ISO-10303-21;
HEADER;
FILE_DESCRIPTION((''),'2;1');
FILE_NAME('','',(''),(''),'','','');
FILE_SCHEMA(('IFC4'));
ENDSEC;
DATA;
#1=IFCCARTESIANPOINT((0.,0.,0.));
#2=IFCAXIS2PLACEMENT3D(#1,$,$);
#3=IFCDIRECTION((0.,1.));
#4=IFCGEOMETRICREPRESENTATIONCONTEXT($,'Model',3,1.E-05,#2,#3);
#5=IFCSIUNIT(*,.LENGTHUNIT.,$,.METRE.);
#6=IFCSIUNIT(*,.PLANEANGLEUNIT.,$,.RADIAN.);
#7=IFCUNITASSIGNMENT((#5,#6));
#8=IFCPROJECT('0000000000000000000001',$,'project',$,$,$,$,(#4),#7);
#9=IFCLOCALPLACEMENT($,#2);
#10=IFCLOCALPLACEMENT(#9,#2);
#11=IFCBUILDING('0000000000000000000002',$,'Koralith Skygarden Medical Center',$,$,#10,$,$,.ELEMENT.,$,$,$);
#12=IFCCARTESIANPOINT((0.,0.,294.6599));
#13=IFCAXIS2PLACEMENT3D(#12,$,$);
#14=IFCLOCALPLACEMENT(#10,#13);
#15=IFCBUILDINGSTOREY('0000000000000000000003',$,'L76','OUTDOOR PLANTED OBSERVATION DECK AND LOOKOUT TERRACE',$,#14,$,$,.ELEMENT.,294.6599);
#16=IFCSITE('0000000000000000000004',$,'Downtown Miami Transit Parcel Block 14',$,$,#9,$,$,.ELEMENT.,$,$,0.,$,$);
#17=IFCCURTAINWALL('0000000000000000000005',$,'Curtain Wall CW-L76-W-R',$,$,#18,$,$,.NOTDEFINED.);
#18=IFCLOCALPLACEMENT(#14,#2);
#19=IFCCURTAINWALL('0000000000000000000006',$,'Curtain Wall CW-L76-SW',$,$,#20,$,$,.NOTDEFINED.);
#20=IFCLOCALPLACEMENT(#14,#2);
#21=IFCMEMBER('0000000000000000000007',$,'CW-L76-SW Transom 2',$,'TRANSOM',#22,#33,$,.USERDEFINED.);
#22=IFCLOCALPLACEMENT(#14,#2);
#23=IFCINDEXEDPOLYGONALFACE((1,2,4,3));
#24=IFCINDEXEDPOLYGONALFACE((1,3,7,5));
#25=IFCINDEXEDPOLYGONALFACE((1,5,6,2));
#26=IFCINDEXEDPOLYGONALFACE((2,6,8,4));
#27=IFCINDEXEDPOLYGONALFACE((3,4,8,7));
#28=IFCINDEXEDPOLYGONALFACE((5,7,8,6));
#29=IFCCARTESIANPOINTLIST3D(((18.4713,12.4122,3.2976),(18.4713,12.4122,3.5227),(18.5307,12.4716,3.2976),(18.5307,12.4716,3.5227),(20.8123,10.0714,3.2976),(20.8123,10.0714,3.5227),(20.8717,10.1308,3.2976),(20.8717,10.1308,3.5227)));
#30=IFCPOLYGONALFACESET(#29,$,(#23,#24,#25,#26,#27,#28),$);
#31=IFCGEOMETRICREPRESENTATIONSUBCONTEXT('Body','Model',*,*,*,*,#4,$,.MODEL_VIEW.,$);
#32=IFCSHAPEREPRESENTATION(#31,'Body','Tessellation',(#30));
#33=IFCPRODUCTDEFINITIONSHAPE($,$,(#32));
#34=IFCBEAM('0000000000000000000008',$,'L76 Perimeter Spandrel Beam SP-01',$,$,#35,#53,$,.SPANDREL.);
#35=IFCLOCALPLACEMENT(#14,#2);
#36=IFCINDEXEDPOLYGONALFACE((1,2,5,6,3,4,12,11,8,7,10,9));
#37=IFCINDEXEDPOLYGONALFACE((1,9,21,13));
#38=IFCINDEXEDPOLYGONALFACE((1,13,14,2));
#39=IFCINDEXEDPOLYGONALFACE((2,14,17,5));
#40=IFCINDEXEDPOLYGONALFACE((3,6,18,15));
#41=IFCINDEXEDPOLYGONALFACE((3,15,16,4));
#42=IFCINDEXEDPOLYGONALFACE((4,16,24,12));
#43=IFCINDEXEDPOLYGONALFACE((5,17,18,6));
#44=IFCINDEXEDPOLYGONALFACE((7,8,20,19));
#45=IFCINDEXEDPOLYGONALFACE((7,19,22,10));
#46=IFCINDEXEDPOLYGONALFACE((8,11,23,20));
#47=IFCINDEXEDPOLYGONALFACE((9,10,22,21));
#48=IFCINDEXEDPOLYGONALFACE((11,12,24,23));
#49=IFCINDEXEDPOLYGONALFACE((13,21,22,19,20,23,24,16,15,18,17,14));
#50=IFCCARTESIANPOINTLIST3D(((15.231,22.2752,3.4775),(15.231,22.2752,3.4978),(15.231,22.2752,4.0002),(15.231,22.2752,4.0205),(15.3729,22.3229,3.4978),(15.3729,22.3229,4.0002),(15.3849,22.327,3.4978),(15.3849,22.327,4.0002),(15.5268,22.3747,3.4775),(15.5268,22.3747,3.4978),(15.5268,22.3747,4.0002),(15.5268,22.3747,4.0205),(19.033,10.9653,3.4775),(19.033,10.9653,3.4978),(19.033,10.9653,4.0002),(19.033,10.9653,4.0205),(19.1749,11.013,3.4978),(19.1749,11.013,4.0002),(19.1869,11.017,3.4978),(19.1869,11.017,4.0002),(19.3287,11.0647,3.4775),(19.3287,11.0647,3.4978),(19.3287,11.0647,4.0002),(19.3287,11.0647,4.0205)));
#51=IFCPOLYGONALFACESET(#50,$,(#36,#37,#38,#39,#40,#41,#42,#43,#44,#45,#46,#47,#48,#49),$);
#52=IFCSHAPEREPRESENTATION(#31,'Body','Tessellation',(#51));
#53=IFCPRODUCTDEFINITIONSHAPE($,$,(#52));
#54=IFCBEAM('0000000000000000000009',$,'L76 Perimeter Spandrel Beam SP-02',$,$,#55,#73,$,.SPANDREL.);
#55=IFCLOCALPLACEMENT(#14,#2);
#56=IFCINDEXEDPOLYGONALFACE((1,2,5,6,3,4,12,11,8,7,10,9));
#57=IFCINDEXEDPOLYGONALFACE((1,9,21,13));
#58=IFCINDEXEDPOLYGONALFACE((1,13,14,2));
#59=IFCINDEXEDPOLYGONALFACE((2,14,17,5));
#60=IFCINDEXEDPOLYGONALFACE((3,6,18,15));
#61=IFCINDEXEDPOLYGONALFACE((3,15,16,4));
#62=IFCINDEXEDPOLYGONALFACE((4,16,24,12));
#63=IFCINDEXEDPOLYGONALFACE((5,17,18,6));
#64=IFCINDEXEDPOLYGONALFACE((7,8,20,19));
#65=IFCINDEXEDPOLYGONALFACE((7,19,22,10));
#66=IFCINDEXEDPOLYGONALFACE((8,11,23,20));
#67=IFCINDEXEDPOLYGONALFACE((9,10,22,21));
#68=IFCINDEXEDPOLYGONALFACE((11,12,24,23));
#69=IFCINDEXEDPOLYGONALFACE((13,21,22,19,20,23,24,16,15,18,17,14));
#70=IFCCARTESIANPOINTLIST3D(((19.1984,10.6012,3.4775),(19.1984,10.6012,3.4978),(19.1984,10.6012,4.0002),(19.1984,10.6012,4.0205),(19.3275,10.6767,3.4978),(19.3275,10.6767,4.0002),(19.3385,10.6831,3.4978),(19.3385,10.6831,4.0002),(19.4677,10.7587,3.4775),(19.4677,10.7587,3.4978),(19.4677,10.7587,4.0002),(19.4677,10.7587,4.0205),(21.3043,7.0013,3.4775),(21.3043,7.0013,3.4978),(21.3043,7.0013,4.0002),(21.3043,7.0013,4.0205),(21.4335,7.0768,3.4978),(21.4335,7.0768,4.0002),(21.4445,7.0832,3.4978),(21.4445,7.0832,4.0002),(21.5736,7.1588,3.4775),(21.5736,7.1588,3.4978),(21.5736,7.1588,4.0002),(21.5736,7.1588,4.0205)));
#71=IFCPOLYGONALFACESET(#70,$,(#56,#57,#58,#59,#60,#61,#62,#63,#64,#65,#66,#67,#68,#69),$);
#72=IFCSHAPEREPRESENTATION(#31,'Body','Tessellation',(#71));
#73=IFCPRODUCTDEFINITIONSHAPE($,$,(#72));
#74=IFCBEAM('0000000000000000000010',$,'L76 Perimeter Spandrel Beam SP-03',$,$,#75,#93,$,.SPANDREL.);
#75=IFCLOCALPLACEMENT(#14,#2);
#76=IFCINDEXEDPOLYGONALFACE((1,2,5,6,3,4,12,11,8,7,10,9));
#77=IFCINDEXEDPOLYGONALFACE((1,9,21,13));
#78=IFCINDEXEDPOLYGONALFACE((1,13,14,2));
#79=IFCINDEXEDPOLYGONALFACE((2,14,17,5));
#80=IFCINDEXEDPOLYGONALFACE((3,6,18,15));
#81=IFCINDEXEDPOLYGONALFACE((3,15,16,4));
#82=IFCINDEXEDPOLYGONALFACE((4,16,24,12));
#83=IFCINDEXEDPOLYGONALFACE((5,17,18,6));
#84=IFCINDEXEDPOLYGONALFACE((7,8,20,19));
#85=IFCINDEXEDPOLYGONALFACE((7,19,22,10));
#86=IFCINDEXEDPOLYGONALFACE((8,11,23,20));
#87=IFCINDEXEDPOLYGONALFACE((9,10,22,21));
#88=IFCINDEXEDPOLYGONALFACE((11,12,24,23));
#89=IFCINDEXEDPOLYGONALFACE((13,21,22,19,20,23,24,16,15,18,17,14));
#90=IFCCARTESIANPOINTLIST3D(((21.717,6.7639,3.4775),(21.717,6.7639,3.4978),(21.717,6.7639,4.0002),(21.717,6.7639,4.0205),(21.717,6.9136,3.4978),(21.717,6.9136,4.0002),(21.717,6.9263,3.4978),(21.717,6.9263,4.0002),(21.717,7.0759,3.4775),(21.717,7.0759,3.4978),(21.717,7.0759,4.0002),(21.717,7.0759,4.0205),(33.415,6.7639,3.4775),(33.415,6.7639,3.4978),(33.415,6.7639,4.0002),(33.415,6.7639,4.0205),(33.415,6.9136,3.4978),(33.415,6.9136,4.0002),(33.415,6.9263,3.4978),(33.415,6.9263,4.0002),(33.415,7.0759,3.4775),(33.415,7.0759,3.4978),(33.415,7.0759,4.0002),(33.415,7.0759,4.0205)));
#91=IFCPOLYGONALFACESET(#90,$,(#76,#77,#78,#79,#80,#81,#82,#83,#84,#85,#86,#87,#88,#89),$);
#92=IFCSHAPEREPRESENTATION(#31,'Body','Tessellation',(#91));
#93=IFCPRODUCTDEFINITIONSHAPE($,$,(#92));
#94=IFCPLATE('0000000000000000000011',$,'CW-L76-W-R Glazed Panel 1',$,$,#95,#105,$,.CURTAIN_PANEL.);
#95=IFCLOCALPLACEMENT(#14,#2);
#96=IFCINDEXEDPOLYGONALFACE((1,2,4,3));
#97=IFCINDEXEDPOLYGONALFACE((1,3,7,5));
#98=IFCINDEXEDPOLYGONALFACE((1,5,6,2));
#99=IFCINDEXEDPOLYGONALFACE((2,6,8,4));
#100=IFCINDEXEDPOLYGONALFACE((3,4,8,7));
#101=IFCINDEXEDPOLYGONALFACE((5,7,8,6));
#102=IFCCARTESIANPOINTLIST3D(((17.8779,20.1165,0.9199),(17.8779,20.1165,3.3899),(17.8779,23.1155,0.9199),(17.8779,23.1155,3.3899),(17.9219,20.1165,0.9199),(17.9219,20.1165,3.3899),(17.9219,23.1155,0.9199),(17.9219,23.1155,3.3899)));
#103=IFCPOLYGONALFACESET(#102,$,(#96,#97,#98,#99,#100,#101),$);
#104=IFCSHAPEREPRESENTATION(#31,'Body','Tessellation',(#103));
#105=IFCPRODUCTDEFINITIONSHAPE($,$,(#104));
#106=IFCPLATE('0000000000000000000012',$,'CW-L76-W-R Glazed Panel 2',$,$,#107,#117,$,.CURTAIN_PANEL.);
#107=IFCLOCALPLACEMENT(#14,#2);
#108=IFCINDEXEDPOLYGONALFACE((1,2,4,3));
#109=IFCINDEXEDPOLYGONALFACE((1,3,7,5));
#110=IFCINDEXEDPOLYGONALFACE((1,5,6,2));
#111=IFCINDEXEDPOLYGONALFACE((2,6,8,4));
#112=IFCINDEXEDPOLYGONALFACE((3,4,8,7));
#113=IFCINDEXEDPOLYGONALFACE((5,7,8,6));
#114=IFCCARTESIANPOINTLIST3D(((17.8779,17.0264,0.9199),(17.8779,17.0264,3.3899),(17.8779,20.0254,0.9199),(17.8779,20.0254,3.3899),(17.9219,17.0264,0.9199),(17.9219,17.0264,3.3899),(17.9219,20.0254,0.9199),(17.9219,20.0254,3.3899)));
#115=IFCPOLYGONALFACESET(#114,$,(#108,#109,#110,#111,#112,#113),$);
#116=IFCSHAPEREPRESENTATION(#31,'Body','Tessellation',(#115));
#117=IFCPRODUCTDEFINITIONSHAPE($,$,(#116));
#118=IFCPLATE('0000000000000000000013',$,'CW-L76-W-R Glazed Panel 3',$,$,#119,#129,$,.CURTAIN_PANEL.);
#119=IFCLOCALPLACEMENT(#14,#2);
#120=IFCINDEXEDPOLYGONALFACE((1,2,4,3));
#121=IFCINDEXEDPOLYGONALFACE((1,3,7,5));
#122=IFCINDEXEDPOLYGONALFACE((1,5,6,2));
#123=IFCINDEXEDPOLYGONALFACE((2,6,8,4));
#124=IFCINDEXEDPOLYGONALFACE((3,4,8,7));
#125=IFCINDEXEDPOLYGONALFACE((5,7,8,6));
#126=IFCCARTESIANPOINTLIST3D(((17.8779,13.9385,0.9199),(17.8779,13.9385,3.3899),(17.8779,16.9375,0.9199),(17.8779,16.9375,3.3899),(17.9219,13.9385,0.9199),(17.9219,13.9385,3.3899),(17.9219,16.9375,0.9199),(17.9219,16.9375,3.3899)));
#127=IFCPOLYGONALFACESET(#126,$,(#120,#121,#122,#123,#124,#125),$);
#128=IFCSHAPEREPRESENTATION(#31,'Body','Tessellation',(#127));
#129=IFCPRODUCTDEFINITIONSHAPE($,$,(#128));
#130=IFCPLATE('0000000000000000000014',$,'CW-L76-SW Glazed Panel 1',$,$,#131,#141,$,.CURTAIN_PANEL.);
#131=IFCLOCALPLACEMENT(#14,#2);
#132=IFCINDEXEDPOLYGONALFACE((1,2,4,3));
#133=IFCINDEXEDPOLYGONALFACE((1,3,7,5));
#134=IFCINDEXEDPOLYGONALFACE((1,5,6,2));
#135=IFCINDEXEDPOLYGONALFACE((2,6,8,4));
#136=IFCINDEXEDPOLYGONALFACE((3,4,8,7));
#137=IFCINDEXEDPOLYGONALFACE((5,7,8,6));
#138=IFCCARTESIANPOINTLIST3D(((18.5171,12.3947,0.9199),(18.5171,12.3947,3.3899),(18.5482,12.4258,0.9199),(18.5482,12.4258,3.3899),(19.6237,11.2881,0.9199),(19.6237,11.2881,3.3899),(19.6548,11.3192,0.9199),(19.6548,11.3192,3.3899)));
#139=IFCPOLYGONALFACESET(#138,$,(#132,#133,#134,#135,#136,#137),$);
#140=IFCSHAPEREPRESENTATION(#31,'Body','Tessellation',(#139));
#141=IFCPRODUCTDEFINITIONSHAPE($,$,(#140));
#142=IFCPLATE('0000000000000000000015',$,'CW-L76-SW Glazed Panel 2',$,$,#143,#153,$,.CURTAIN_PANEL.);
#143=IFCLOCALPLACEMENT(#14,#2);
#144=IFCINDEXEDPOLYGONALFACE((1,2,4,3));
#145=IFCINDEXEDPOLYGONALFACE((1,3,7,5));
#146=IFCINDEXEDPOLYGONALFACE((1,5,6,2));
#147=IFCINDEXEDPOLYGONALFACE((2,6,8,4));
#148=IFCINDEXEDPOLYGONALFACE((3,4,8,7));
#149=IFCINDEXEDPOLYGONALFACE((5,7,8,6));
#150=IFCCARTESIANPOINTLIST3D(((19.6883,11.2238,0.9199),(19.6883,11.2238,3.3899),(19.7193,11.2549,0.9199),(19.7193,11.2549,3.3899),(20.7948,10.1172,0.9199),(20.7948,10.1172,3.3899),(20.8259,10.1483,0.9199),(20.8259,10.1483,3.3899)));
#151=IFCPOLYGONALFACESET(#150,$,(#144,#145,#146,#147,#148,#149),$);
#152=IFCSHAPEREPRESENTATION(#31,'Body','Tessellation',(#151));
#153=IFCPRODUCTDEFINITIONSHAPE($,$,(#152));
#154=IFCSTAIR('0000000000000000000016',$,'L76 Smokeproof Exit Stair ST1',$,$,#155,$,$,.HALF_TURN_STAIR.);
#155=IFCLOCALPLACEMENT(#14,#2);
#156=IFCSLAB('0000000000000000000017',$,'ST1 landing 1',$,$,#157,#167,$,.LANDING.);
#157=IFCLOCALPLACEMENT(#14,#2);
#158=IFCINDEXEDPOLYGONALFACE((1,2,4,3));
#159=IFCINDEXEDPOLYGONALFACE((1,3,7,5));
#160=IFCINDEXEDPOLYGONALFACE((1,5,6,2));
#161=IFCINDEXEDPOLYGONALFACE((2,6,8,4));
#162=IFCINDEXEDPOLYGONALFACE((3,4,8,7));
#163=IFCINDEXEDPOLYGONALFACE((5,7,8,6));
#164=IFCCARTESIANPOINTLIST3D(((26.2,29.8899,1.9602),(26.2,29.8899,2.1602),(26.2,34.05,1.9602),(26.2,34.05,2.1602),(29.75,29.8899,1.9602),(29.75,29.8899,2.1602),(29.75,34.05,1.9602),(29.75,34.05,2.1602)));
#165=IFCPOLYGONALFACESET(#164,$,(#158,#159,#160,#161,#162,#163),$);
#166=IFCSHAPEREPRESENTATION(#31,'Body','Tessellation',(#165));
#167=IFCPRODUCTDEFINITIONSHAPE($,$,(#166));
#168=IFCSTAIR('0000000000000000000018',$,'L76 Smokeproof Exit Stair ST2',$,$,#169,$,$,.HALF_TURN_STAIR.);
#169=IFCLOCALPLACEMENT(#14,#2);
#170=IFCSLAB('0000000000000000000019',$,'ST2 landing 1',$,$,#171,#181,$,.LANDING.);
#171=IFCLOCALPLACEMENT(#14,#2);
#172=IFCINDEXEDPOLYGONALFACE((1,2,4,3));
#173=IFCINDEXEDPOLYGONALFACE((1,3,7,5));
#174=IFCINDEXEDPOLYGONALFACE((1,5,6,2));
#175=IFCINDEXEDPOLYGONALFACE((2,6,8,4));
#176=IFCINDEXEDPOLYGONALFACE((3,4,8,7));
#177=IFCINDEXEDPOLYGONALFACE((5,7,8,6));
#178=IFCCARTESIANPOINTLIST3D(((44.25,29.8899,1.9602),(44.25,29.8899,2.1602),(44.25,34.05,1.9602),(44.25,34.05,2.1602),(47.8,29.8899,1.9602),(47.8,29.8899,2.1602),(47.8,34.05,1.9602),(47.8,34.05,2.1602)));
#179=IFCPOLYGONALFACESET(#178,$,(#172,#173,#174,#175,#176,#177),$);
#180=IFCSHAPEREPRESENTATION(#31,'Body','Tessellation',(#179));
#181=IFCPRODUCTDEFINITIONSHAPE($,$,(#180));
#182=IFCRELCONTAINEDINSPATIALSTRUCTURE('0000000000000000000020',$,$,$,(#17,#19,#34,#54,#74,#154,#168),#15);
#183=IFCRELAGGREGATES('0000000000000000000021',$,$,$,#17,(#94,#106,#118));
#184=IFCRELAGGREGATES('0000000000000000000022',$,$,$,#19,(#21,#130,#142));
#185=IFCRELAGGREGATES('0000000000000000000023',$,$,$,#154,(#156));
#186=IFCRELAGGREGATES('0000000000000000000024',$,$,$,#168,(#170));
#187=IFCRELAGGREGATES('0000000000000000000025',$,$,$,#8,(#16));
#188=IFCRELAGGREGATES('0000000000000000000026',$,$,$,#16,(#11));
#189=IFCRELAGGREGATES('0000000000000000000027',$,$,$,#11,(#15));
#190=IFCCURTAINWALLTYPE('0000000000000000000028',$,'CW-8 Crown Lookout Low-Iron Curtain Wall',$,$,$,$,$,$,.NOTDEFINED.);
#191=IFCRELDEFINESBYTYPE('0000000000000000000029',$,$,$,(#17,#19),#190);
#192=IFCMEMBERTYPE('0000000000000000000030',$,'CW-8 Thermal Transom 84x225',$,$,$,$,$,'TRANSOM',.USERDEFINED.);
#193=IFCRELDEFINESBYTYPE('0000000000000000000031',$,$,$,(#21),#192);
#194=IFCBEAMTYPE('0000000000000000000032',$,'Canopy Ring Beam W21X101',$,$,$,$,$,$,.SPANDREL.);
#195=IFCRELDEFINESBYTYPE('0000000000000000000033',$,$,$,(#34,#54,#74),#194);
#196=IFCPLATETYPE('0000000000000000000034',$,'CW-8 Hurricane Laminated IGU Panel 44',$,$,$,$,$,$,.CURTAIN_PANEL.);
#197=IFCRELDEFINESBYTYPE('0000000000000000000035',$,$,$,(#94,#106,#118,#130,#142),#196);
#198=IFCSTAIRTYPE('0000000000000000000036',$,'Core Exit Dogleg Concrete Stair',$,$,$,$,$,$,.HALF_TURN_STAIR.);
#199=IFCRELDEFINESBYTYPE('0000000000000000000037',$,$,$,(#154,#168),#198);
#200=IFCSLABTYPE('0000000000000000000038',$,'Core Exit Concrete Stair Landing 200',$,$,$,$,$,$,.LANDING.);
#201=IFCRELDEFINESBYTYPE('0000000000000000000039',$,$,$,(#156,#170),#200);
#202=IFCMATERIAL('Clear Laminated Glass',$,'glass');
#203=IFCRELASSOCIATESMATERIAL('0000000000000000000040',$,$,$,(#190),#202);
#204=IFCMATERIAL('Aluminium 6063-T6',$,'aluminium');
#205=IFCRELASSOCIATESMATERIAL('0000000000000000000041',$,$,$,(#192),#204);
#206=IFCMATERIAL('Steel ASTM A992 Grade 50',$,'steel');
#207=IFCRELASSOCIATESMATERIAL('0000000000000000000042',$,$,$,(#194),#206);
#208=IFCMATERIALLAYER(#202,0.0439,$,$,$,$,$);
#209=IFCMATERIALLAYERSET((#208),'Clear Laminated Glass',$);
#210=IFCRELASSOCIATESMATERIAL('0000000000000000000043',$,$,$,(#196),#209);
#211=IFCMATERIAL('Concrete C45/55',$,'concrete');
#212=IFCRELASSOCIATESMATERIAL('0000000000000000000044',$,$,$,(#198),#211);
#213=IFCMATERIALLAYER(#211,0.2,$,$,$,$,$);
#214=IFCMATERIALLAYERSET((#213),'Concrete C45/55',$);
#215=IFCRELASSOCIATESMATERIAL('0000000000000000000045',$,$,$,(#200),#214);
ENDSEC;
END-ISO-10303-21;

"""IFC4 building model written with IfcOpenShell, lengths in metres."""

from ifc_helpers import new_model, si_unit, direction, frame, origin, origin_2d, place, context, subcontext, project, spatial, polyline, rectangle, i_section, outline, extrude, material, layer, layer_set, material_profile, profile_set, type_object, element, aggregate, save


model = new_model("IFC4")

# Units and contexts
model_context = context("Model", 3, precision=1e-05, world=origin(), true_north=direction((0.0, 1.0)))
body_context = subcontext(model_context, "Body", "Model", "MODEL_VIEW")
ifc_project = project(units=[si_unit("LENGTHUNIT", "METRE"), si_unit("PLANEANGLEUNIT", "RADIAN")], contexts=[model_context])

# Site, building, storey
site_placement = place(None, origin())
site = spatial("IfcSite", under=ifc_project, at=site_placement, Name="Downtown Miami Transit Parcel Block 14", CompositionType="ELEMENT", RefElevation=0.0)
building_placement = place(site_placement, origin())
building = spatial("IfcBuilding", under=site, at=building_placement, Name="Koralith Skygarden Medical Center", CompositionType="ELEMENT")
storey_placement = place(building_placement, frame((0.0, 0.0, 294.6599)))
storey = spatial("IfcBuildingStorey", under=building, at=storey_placement, Name="L76", Description="OUTDOOR PLANTED OBSERVATION DECK AND LOOKOUT TERRACE", CompositionType="ELEMENT", Elevation=294.6599)

# Shared definitions
ifc_material_1 = material(Name="Steel ASTM A992 Grade 50", Category="steel")

# Curtain walls
ifc_material_2 = material(Name="Clear Laminated Glass", Category="glass")
curtain_wall_type = type_object("IfcCurtainWallType", Name="CW-8 Crown Lookout Low-Iron Curtain Wall", PredefinedType="NOTDEFINED", material=ifc_material_2)
curtain_wall_1_placement = place(storey_placement, origin())
curtain_wall_1 = element("IfcCurtainWall", 1, at=curtain_wall_1_placement, inside=storey, type_object=curtain_wall_type, Name="Curtain Wall CW-L76-W-R", PredefinedType="NOTDEFINED")
ifc_material_3 = material(Name="Aluminium 6063-T6", Category="aluminium")
curtain_wall_2_placement = place(storey_placement, origin())
curtain_wall_2 = element("IfcCurtainWall", 2, at=curtain_wall_2_placement, inside=storey, type_object=curtain_wall_type, Name="Curtain Wall CW-L76-SW", PredefinedType="NOTDEFINED")

# Member
ifc_material_profile_1 = material_profile(ifc_material_3, rectangle(XDim=0.084, YDim=0.2251, at=origin_2d()), Name="TRN84X225")
ifc_profile_set_1 = profile_set([ifc_material_profile_1], Name="Aluminium 6063-T6")
member_type_1 = type_object("IfcMemberType", Name="CW-8 Thermal Transom 84x225", ElementType="TRANSOM", PredefinedType="USERDEFINED", material=ifc_profile_set_1)
member_1_placement = place(storey_placement, frame((18.501, 12.4419, 3.4102), z_axis=(0.707144, -0.70707, 0.0), x_axis=(0.70707, 0.707144, 0.0)))
member_1 = element("IfcMember", 3, at=member_1_placement, type_object=member_type_1, Name="CW-L76-SW Transom 2", ObjectType="TRANSOM", PredefinedType="USERDEFINED", context=body_context, shape_type="SweptSolid", body=[
    extrude(rectangle(XDim=0.084, YDim=0.2251, at=origin_2d()), origin(), (0.0, 0.0, 1.0), 3.3105),
])

# Beams
ifc_material_profile_2 = material_profile(ifc_material_1, i_section(OverallWidth=0.312, OverallDepth=0.543, WebThickness=0.0127, FlangeThickness=0.0203, at=origin_2d()), Name="W21X101")
ifc_profile_set_2 = profile_set([ifc_material_profile_2], Name="Steel ASTM A992 Grade 50")
beam_type = type_object("IfcBeamType", Name="Canopy Ring Beam W21X101", PredefinedType="SPANDREL", material=ifc_profile_set_2)
beam_1_placement = place(storey_placement, frame((15.3789, 22.325, 3.749), z_axis=(0.318639, -0.947876, 0.0), x_axis=(0.947876, 0.318639, 0.0)))
element("IfcBeam", 4, at=beam_1_placement, inside=storey, type_object=beam_type, Name="L76 Perimeter Spandrel Beam SP-01", PredefinedType="SPANDREL", context=body_context, shape_type="SweptSolid", body=[
    extrude(i_section(OverallWidth=0.312, OverallDepth=0.543, WebThickness=0.0127, FlangeThickness=0.0203, at=origin_2d()), origin(), (0.0, 0.0, 1.0), 11.9319),
])
beam_2_placement = place(storey_placement, frame((19.333, 10.6799, 3.749), z_axis=(0.504952, -0.863148, 0.0), x_axis=(0.863148, 0.504952, 0.0)))
element("IfcBeam", 5, at=beam_2_placement, inside=storey, type_object=beam_type, Name="L76 Perimeter Spandrel Beam SP-02", PredefinedType="SPANDREL", context=body_context, shape_type="SweptSolid", body=[
    extrude(i_section(OverallWidth=0.312, OverallDepth=0.543, WebThickness=0.0127, FlangeThickness=0.0203, at=origin_2d()), origin(), (0.0, 0.0, 1.0), 4.1707),
])
beam_3_placement = place(storey_placement, frame((21.717, 6.9199, 3.749), z_axis=(1.0, 0.0, 0.0), x_axis=(0.0, 1.0, 0.0)))
element("IfcBeam", 6, at=beam_3_placement, inside=storey, type_object=beam_type, Name="L76 Perimeter Spandrel Beam SP-03", PredefinedType="SPANDREL", context=body_context, shape_type="SweptSolid", body=[
    extrude(i_section(OverallWidth=0.312, OverallDepth=0.543, WebThickness=0.0127, FlangeThickness=0.0203, at=origin_2d()), origin(), (0.0, 0.0, 1.0), 11.698),
])

# Plates
ifc_layer_1 = layer(ifc_material_2, 0.0439)
ifc_layer_set_1 = layer_set([ifc_layer_1], Name="Clear Laminated Glass")
plate_type_1 = type_object("IfcPlateType", Name="CW-8 Hurricane Laminated IGU Panel 44", PredefinedType="CURTAIN_PANEL", material=ifc_layer_set_1)
plate_1_placement = place(storey_placement, frame((17.8999, 21.616, 0.9199), z_axis=(0.0, 0.0, 1.0), x_axis=(0.0, -1.0, 0.0)))
plate_1 = element("IfcPlate", 7, at=plate_1_placement, type_object=plate_type_1, Name="CW-L76-W-R Glazed Panel 1", PredefinedType="CURTAIN_PANEL", context=body_context, shape_type="SweptSolid", body=[
    extrude(rectangle(XDim=2.999, YDim=0.0439, at=origin_2d()), origin(), (0.0, 0.0, 1.0), 2.47),
])
plate_2_placement = place(storey_placement, frame((17.8999, 18.5259, 0.9199), z_axis=(0.0, 0.0, 1.0), x_axis=(0.0, -1.0, 0.0)))
plate_2 = element("IfcPlate", 8, at=plate_2_placement, type_object=plate_type_1, Name="CW-L76-W-R Glazed Panel 2", PredefinedType="CURTAIN_PANEL", context=body_context, shape_type="SweptSolid", body=[
    extrude(rectangle(XDim=2.999, YDim=0.0439, at=origin_2d()), origin(), (0.0, 0.0, 1.0), 2.47),
])
plate_3_placement = place(storey_placement, frame((17.8999, 15.438, 0.9199), z_axis=(0.0, 0.0, 1.0), x_axis=(0.0, -1.0, 0.0)))
plate_3 = element("IfcPlate", 9, at=plate_3_placement, type_object=plate_type_1, Name="CW-L76-W-R Glazed Panel 3", PredefinedType="CURTAIN_PANEL", context=body_context, shape_type="SweptSolid", body=[
    extrude(rectangle(XDim=2.999, YDim=0.0439, at=origin_2d()), origin(), (0.0, 0.0, 1.0), 2.47),
])
aggregate(curtain_wall_1, [plate_1, plate_2, plate_3])
plate_4_placement = place(storey_placement, frame((19.0859, 11.8569, 0.9199), z_axis=(0.0, 0.0, 1.0), x_axis=(0.707107, -0.707107, 0.0)))
plate_4 = element("IfcPlate", 10, at=plate_4_placement, type_object=plate_type_1, Name="CW-L76-SW Glazed Panel 1", PredefinedType="CURTAIN_PANEL", context=body_context, shape_type="SweptSolid", body=[
    extrude(rectangle(XDim=1.5649, YDim=0.0439, at=origin_2d()), origin(), (0.0, 0.0, 1.0), 2.47),
])
plate_5_placement = place(storey_placement, frame((20.2571, 10.686, 0.9199), z_axis=(0.0, 0.0, 1.0), x_axis=(0.707107, -0.707107, 0.0)))
plate_5 = element("IfcPlate", 11, at=plate_5_placement, type_object=plate_type_1, Name="CW-L76-SW Glazed Panel 2", PredefinedType="CURTAIN_PANEL", context=body_context, shape_type="SweptSolid", body=[
    extrude(rectangle(XDim=1.5649, YDim=0.0439, at=origin_2d()), origin(), (0.0, 0.0, 1.0), 2.47),
])
aggregate(curtain_wall_2, [member_1, plate_4, plate_5])

# Stairs, slabs
ifc_material_4 = material(Name="Concrete C45/55", Category="concrete")
stair_type = type_object("IfcStairType", Name="Core Exit Dogleg Concrete Stair", PredefinedType="HALF_TURN_STAIR", material=ifc_material_4)
stair_1_placement = place(storey_placement, origin())
stair_1 = element("IfcStair", 12, at=stair_1_placement, inside=storey, type_object=stair_type, Name="L76 Smokeproof Exit Stair ST1", PredefinedType="HALF_TURN_STAIR")
ifc_layer_2 = layer(ifc_material_4, 0.2)
ifc_layer_set_2 = layer_set([ifc_layer_2], Name="Concrete C45/55")
slab_type_1 = type_object("IfcSlabType", Name="Core Exit Concrete Stair Landing 200", PredefinedType="LANDING", material=ifc_layer_set_2)
slab_1_placement = place(storey_placement, frame((0.0, 0.0, 1.9602)))
slab_1 = element("IfcSlab", 13, at=slab_1_placement, type_object=slab_type_1, Name="ST1 landing 1", PredefinedType="LANDING", context=body_context, shape_type="SweptSolid", body=[
    extrude(outline(polyline([(29.75, 29.8899), (29.75, 34.05), (26.2, 34.05), (26.2, 29.8899), (29.75, 29.8899)])), origin(), (0.0, 0.0, 1.0), 0.2),
])
aggregate(stair_1, [slab_1])
stair_2_placement = place(storey_placement, origin())
stair_2 = element("IfcStair", 14, at=stair_2_placement, inside=storey, type_object=stair_type, Name="L76 Smokeproof Exit Stair ST2", PredefinedType="HALF_TURN_STAIR")
slab_2_placement = place(storey_placement, frame((0.0, 0.0, 1.9602)))
slab_2 = element("IfcSlab", 15, at=slab_2_placement, type_object=slab_type_1, Name="ST2 landing 1", PredefinedType="LANDING", context=body_context, shape_type="SweptSolid", body=[
    extrude(outline(polyline([(47.8, 29.8899), (47.8, 34.05), (44.25, 34.05), (44.25, 29.8899), (47.8, 29.8899)])), origin(), (0.0, 0.0, 1.0), 0.2),
])
aggregate(stair_2, [slab_2])

save(model, "model.ifc")
